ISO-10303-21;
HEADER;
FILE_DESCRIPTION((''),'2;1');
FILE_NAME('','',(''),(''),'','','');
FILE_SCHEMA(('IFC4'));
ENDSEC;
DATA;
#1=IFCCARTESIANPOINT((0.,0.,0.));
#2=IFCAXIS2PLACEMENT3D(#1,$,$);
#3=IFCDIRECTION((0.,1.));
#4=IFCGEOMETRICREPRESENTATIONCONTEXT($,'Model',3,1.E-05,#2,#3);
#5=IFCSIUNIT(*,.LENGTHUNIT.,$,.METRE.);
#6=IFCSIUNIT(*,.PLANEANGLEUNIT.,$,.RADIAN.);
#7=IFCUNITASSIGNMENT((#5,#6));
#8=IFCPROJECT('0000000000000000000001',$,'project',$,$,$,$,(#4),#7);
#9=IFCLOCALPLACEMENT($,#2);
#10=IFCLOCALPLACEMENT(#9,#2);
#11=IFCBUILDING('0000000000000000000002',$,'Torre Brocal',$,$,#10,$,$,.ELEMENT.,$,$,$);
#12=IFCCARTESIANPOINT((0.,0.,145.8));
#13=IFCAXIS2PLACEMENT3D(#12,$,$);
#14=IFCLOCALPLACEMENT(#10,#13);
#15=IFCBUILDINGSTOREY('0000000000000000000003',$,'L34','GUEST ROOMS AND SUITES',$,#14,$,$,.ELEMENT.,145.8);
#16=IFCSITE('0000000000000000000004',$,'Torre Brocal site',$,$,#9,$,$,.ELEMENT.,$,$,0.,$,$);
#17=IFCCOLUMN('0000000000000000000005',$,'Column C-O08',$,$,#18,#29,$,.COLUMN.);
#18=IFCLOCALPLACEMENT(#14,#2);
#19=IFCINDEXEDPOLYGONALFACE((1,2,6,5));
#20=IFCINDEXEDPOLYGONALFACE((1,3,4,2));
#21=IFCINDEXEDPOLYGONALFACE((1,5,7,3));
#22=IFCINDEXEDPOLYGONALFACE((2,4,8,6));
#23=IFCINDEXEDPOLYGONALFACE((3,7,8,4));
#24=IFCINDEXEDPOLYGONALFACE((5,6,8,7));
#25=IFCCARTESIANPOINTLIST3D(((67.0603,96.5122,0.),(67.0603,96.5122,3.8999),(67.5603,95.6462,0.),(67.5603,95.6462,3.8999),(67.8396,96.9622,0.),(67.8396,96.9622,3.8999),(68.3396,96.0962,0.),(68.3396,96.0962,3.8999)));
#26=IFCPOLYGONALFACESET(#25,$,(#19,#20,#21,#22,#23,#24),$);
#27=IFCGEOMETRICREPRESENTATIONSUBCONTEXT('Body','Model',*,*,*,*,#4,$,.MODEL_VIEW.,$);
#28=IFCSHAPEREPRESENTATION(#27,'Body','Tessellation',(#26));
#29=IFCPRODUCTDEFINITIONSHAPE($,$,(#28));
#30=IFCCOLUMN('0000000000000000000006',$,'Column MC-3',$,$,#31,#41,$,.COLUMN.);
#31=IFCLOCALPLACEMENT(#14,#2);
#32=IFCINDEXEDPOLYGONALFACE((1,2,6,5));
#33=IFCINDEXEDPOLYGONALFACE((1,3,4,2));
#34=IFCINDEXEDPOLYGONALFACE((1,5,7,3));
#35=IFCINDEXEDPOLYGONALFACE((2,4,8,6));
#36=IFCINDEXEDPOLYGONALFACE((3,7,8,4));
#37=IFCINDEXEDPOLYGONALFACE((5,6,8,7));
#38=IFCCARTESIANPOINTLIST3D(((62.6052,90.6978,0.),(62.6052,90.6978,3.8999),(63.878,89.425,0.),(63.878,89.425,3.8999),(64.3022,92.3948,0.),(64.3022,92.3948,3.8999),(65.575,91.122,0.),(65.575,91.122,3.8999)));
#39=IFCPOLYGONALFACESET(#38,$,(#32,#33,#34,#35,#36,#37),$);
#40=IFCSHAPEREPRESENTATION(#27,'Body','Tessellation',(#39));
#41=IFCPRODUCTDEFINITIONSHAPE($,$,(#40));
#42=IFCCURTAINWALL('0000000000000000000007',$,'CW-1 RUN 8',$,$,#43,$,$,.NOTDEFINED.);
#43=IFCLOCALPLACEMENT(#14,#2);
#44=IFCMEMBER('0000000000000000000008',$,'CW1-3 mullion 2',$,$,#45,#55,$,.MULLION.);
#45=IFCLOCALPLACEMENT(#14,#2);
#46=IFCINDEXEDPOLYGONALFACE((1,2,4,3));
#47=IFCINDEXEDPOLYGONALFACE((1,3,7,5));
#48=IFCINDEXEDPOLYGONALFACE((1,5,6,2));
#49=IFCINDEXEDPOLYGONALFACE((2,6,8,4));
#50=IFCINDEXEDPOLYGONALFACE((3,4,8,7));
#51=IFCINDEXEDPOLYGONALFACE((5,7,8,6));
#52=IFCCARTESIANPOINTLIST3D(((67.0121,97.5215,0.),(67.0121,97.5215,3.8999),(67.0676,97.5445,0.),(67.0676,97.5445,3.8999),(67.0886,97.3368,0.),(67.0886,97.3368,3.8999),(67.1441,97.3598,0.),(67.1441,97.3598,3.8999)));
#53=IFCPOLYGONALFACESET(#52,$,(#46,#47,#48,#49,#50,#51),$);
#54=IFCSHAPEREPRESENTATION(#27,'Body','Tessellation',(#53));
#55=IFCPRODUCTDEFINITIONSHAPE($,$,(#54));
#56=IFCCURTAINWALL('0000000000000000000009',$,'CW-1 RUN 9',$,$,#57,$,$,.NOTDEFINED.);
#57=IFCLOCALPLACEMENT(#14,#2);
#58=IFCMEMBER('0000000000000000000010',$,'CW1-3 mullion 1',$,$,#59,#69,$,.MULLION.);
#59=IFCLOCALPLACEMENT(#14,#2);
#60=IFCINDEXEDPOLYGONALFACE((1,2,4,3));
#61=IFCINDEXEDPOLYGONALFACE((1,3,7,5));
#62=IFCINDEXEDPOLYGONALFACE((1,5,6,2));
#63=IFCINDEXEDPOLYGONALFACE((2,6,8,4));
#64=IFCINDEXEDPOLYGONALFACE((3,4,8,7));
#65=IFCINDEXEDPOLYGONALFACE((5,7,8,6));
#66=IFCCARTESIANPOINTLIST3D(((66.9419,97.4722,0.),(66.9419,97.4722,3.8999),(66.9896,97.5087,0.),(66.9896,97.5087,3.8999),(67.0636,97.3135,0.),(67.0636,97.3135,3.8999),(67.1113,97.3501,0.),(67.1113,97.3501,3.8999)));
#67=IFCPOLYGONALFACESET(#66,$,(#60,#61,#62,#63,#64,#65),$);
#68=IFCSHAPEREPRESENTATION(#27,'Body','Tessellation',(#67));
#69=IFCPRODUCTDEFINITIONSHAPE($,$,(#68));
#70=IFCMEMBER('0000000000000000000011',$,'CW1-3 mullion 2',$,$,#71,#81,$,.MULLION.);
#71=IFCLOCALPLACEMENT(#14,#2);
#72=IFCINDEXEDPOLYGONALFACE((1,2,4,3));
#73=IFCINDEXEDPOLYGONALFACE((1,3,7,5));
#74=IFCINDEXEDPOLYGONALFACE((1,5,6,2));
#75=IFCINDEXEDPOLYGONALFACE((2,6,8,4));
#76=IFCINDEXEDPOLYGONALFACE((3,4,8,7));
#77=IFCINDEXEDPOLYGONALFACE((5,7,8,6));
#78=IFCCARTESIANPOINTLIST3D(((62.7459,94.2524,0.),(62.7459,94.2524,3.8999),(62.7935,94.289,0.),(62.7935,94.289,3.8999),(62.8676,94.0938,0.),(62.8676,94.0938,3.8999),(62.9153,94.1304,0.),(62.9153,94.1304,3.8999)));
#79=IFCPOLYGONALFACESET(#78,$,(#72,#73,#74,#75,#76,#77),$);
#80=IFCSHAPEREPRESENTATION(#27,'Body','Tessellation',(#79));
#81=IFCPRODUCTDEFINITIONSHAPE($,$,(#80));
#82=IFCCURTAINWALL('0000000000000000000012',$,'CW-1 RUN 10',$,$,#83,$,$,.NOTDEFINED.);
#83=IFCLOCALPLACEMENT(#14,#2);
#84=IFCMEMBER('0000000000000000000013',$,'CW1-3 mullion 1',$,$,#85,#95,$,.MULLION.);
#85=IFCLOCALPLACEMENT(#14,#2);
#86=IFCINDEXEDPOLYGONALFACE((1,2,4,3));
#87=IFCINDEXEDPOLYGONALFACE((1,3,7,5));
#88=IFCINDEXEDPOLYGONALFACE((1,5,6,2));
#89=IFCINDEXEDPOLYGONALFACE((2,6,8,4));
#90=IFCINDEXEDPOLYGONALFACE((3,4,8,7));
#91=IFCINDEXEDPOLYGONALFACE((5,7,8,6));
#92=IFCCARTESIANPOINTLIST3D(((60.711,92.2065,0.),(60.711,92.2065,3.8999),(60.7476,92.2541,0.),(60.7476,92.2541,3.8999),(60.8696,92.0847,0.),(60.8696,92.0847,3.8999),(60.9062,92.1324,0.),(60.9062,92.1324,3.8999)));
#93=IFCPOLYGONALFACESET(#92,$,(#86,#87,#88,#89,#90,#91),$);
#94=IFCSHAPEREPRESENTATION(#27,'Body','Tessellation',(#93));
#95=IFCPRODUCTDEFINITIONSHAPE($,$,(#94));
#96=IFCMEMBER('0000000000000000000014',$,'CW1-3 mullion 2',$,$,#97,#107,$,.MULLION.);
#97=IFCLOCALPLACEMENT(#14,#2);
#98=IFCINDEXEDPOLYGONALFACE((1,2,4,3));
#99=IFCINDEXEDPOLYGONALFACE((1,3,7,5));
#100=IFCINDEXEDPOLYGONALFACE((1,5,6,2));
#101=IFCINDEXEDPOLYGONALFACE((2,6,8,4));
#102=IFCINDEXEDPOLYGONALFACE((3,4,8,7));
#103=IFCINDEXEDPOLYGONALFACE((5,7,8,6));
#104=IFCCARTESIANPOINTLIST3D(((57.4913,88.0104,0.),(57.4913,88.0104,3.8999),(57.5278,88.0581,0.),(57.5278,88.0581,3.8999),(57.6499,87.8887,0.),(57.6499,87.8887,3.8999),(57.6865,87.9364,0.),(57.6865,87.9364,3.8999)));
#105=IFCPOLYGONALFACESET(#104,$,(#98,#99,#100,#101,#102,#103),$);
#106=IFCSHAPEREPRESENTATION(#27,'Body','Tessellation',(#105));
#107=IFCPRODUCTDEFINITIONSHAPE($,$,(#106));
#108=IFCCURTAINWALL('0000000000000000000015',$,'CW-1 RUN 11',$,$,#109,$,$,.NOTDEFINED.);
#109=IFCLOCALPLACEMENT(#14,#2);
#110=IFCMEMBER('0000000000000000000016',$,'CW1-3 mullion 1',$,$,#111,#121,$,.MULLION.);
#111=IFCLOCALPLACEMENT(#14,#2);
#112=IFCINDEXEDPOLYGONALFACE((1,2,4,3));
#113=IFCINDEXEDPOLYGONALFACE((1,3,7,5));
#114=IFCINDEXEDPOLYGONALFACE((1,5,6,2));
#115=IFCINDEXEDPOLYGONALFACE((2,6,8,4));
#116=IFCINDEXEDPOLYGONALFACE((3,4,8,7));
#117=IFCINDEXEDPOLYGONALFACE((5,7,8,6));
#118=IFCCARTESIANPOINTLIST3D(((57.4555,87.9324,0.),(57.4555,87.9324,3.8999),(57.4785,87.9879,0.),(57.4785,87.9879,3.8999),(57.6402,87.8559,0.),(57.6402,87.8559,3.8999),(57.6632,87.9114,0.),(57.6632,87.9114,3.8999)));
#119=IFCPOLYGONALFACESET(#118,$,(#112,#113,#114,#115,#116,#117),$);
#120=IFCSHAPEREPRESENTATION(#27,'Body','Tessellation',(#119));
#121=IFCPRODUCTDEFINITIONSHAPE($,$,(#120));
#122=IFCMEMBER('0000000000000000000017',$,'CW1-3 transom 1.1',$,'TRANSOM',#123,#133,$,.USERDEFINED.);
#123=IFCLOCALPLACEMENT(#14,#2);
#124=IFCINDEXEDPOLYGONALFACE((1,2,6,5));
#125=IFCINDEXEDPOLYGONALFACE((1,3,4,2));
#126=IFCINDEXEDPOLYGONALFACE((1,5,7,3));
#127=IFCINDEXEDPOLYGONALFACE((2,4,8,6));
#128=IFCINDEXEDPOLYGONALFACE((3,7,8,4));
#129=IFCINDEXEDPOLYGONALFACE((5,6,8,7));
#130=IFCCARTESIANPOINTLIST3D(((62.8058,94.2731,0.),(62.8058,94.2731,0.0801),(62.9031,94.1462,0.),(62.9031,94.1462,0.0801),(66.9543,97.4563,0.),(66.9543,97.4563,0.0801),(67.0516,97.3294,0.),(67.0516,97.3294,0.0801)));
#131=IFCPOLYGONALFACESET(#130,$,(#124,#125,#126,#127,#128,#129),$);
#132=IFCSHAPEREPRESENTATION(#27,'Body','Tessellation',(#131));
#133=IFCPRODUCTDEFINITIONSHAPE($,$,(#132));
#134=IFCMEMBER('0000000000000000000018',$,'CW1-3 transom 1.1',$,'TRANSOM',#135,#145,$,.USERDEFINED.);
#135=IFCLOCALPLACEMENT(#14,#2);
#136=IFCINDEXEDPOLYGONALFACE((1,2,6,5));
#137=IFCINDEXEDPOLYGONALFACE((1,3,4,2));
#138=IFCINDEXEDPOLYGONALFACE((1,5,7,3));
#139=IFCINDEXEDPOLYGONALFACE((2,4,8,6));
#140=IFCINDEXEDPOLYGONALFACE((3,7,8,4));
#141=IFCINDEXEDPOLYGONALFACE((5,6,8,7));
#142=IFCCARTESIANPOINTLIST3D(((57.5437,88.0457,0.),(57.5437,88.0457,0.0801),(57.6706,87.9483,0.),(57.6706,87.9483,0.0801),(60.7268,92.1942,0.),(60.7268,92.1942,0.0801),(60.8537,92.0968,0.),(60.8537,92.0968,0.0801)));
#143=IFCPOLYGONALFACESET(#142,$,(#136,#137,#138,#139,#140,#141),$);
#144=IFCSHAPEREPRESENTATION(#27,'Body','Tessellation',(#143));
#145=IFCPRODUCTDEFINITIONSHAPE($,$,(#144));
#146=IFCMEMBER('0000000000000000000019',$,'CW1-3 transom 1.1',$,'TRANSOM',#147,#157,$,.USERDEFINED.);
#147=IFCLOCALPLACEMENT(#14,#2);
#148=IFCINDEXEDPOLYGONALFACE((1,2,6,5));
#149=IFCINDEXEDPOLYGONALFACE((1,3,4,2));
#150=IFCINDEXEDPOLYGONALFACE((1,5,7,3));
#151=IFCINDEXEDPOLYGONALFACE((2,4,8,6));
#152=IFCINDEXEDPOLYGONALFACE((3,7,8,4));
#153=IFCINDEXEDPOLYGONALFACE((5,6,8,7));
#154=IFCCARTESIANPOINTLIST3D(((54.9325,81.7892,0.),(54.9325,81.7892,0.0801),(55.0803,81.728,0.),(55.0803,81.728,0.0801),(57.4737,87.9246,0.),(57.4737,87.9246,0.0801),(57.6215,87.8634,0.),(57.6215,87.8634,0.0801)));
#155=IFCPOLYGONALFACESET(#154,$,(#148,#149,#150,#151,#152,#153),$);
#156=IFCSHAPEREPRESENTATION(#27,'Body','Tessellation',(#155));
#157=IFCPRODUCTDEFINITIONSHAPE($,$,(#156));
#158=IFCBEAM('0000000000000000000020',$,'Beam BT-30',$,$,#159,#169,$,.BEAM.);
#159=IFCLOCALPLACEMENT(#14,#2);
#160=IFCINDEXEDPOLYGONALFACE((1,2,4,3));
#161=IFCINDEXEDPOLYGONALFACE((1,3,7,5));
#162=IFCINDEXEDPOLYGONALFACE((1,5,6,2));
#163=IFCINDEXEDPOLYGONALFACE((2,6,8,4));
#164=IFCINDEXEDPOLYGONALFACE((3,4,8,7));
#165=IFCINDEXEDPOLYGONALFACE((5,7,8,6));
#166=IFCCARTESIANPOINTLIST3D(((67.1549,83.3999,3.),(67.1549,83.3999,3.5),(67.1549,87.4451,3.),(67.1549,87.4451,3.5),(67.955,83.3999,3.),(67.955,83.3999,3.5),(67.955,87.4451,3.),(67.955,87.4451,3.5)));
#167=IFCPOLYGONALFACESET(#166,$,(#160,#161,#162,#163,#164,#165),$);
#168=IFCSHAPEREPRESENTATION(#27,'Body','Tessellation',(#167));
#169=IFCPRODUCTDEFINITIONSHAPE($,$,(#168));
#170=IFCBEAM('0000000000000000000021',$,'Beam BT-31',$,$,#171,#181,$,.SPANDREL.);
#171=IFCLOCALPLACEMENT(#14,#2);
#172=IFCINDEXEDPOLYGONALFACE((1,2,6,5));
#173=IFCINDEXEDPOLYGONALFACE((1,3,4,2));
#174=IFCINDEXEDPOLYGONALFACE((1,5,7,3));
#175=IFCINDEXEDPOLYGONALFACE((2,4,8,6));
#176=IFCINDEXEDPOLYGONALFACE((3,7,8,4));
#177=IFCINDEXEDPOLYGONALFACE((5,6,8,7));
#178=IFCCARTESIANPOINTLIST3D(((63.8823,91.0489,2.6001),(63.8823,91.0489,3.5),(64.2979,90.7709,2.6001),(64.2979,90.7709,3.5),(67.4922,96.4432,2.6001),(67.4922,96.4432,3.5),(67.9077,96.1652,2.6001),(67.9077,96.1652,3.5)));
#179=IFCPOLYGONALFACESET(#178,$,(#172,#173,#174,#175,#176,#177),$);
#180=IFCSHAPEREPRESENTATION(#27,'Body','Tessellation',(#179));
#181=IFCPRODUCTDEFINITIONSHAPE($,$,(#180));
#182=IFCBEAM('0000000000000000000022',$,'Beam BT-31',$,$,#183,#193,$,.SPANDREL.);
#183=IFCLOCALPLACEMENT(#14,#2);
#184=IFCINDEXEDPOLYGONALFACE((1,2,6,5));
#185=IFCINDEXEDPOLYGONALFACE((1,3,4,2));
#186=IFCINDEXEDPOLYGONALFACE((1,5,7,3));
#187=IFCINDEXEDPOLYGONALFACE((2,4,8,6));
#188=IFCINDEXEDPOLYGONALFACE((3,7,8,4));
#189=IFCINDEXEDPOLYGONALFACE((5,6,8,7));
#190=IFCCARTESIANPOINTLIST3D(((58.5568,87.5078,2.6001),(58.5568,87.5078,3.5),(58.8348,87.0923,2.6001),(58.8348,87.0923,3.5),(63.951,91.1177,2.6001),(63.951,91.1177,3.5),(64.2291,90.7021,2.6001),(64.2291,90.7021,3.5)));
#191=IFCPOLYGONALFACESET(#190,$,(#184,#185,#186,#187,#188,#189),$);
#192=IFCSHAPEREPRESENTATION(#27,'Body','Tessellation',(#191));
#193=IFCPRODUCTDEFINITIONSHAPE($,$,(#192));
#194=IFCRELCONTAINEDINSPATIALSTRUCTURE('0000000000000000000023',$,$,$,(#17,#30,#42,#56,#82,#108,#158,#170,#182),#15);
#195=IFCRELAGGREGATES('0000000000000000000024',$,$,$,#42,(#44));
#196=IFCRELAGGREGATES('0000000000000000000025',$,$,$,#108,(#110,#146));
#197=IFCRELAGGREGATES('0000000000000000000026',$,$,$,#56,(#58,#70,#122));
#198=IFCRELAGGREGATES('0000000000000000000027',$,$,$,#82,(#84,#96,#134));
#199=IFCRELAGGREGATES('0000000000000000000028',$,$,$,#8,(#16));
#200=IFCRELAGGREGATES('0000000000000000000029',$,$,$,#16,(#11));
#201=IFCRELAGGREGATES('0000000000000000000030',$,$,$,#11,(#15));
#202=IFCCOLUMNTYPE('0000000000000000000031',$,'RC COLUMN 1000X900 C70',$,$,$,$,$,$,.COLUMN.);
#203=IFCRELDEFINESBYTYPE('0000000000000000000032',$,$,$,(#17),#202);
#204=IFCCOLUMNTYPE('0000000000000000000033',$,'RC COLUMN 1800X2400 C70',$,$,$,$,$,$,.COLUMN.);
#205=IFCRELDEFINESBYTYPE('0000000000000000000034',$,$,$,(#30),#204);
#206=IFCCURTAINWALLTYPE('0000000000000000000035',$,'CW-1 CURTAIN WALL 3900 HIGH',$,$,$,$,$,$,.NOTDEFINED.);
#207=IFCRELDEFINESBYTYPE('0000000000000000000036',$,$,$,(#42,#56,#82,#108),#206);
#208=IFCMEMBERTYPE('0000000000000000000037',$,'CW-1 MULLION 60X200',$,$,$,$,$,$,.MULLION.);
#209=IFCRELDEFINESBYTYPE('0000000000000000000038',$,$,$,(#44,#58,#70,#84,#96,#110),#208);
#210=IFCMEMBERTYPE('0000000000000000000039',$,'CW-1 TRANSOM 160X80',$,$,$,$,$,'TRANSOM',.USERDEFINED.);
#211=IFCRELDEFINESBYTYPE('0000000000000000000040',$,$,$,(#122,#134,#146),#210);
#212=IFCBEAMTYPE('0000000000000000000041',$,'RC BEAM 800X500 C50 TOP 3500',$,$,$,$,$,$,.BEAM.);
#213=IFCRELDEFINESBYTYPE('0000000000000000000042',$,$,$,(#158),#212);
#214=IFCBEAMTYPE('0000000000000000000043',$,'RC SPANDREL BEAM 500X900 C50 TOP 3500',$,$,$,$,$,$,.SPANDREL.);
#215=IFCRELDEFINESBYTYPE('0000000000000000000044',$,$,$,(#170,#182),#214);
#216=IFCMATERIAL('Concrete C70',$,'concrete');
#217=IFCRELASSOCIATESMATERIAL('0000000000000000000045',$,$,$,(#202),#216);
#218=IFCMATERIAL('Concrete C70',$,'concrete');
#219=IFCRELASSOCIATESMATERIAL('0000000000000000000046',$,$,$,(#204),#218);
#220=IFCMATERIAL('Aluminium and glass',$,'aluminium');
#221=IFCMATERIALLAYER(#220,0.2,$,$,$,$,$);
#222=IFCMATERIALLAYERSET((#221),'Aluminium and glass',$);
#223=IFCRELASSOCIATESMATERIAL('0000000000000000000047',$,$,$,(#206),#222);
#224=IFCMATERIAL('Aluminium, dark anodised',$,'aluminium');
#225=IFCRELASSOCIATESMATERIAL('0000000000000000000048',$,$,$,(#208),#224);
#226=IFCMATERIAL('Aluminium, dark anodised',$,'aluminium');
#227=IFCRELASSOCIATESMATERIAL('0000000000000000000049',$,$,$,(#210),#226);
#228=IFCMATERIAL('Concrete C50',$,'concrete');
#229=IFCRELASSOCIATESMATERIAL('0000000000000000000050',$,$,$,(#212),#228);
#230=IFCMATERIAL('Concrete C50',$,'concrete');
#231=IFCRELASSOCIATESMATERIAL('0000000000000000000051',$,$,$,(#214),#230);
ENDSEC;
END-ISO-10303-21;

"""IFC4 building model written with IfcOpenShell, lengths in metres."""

from ifc_helpers import new_model, si_unit, direction, frame, origin, origin_2d, place, context, subcontext, project, spatial, rectangle, extrude, material, layer, layer_set, material_profile, profile_set, type_object, element, aggregate, save


model = new_model("IFC4")

# Units and contexts
model_context = context("Model", 3, precision=1e-05, world=origin(), true_north=direction((0.0, 1.0)))
body_context = subcontext(model_context, "Body", "Model", "MODEL_VIEW")
ifc_project = project(units=[si_unit("LENGTHUNIT", "METRE"), si_unit("PLANEANGLEUNIT", "RADIAN")], contexts=[model_context])

# Site, building, storey
site_placement = place(None, origin())
site = spatial("IfcSite", under=ifc_project, at=site_placement, Name="Torre Brocal site", CompositionType="ELEMENT", RefElevation=0.0)
building_placement = place(site_placement, origin())
building = spatial("IfcBuilding", under=site, at=building_placement, Name="Torre Brocal", CompositionType="ELEMENT")
storey_placement = place(building_placement, frame((0.0, 0.0, 145.8)))
storey = spatial("IfcBuildingStorey", under=building, at=storey_placement, Name="L34", Description="GUEST ROOMS AND SUITES", CompositionType="ELEMENT", Elevation=145.8)

# Columns
ifc_material_1 = material(Name="Concrete C70", Category="concrete")
ifc_material_profile_1 = material_profile(ifc_material_1, rectangle(XDim=1.0, YDim=0.8999, at=origin_2d()), Name="RC 1000X900")
ifc_profile_set_1 = profile_set([ifc_material_profile_1], Name="Concrete C70")
column_type_1 = type_object("IfcColumnType", Name="RC COLUMN 1000X900 C70", PredefinedType="COLUMN", material=ifc_profile_set_1)
column_1_placement = place(storey_placement, frame((67.7, 96.3042, 0.0), z_axis=(0.0, 0.0, 1.0), x_axis=(-0.5, 0.866025, 0.0)))
element("IfcColumn", 1, at=column_1_placement, inside=storey, type_object=column_type_1, Name="Column C-O08", PredefinedType="COLUMN", context=body_context, shape_type="SweptSolid", body=[
    extrude(rectangle(XDim=1.0, YDim=0.8999, at=origin_2d()), origin(), (0.0, 0.0, 1.0), 3.8999),
])
ifc_material_2 = material(Name="Concrete C70", Category="concrete")
ifc_material_profile_2 = material_profile(ifc_material_2, rectangle(XDim=1.8, YDim=2.3999, at=origin_2d()), Name="RC 1800X2400")
ifc_profile_set_2 = profile_set([ifc_material_profile_2], Name="Concrete C70")
column_type_2 = type_object("IfcColumnType", Name="RC COLUMN 1800X2400 C70", PredefinedType="COLUMN", material=ifc_profile_set_2)
column_2_placement = place(storey_placement, frame((64.0901, 90.9099, 0.0), z_axis=(0.0, 0.0, 1.0), x_axis=(-0.707107, 0.707107, 0.0)))
element("IfcColumn", 2, at=column_2_placement, inside=storey, type_object=column_type_2, Name="Column MC-3", PredefinedType="COLUMN", context=body_context, shape_type="SweptSolid", body=[
    extrude(rectangle(XDim=1.8, YDim=2.3999, at=origin_2d()), origin(), (0.0, 0.0, 1.0), 3.8999),
])

# Curtain wall, member
ifc_material_3 = material(Name="Aluminium and glass", Category="aluminium")
ifc_layer_1 = layer(ifc_material_3, 0.2)
ifc_layer_set_1 = layer_set([ifc_layer_1], Name="Aluminium and glass")
curtain_wall_type = type_object("IfcCurtainWallType", Name="CW-1 CURTAIN WALL 3900 HIGH", PredefinedType="NOTDEFINED", material=ifc_layer_set_1)
curtain_wall_1_placement = place(storey_placement, origin())
curtain_wall_1 = element("IfcCurtainWall", 3, at=curtain_wall_1_placement, inside=storey, type_object=curtain_wall_type, Name="CW-1 RUN 8", PredefinedType="NOTDEFINED")
ifc_material_4 = material(Name="Aluminium, dark anodised", Category="aluminium")
ifc_material_profile_3 = material_profile(ifc_material_4, rectangle(XDim=0.2, YDim=0.0601, at=origin_2d()), Name="CW-1 MULLION 60X200")
ifc_profile_set_3 = profile_set([ifc_material_profile_3], Name="Aluminium, dark anodised")
member_type_1 = type_object("IfcMemberType", Name="CW-1 MULLION 60X200", PredefinedType="MULLION", material=ifc_profile_set_3)
member_1_placement = place(storey_placement, frame((67.0781, 97.4407, 0.0), z_axis=(0.0, 0.0, 1.0), x_axis=(0.382683, -0.92388, 0.0)))
member_1 = element("IfcMember", 4, at=member_1_placement, type_object=member_type_1, Name="CW1-3 mullion 2", PredefinedType="MULLION", context=body_context, shape_type="SweptSolid", body=[
    extrude(rectangle(XDim=0.2, YDim=0.0601, at=origin_2d()), origin(), (0.0, 0.0, 1.0), 3.8999),
])
aggregate(curtain_wall_1, [member_1])

# Curtain walls, members
curtain_wall_2_placement = place(storey_placement, origin())
curtain_wall_2 = element("IfcCurtainWall", 5, at=curtain_wall_2_placement, inside=storey, type_object=curtain_wall_type, Name="CW-1 RUN 9", PredefinedType="NOTDEFINED")
member_2_placement = place(storey_placement, frame((67.0266, 97.4111, 0.0), z_axis=(0.0, 0.0, 1.0), x_axis=(0.608761, -0.793353, 0.0)))
member_2 = element("IfcMember", 6, at=member_2_placement, type_object=member_type_1, Name="CW1-3 mullion 1", PredefinedType="MULLION", context=body_context, shape_type="SweptSolid", body=[
    extrude(rectangle(XDim=0.2, YDim=0.0601, at=origin_2d()), origin(), (0.0, 0.0, 1.0), 3.8999),
])
member_3_placement = place(storey_placement, frame((62.8306, 94.1914, 0.0), z_axis=(0.0, 0.0, 1.0), x_axis=(0.608761, -0.793353, 0.0)))
member_3 = element("IfcMember", 7, at=member_3_placement, type_object=member_type_1, Name="CW1-3 mullion 2", PredefinedType="MULLION", context=body_context, shape_type="SweptSolid", body=[
    extrude(rectangle(XDim=0.2, YDim=0.0601, at=origin_2d()), origin(), (0.0, 0.0, 1.0), 3.8999),
])
curtain_wall_3_placement = place(storey_placement, origin())
curtain_wall_3 = element("IfcCurtainWall", 8, at=curtain_wall_3_placement, inside=storey, type_object=curtain_wall_type, Name="CW-1 RUN 10", PredefinedType="NOTDEFINED")
member_4_placement = place(storey_placement, frame((60.8086, 92.1694, 0.0), z_axis=(0.0, 0.0, 1.0), x_axis=(0.793353, -0.608761, 0.0)))
member_4 = element("IfcMember", 9, at=member_4_placement, type_object=member_type_1, Name="CW1-3 mullion 1", PredefinedType="MULLION", context=body_context, shape_type="SweptSolid", body=[
    extrude(rectangle(XDim=0.2, YDim=0.0601, at=origin_2d()), origin(), (0.0, 0.0, 1.0), 3.8999),
])
member_5_placement = place(storey_placement, frame((57.5889, 87.9734, 0.0), z_axis=(0.0, 0.0, 1.0), x_axis=(0.793353, -0.608761, 0.0)))
member_5 = element("IfcMember", 10, at=member_5_placement, type_object=member_type_1, Name="CW1-3 mullion 2", PredefinedType="MULLION", context=body_context, shape_type="SweptSolid", body=[
    extrude(rectangle(XDim=0.2, YDim=0.0601, at=origin_2d()), origin(), (0.0, 0.0, 1.0), 3.8999),
])

# Curtain wall, member
curtain_wall_4_placement = place(storey_placement, origin())
curtain_wall_4 = element("IfcCurtainWall", 11, at=curtain_wall_4_placement, inside=storey, type_object=curtain_wall_type, Name="CW-1 RUN 11", PredefinedType="NOTDEFINED")
member_6_placement = place(storey_placement, frame((57.5593, 87.9219, 0.0), z_axis=(0.0, 0.0, 1.0), x_axis=(0.92388, -0.382683, 0.0)))
member_6 = element("IfcMember", 12, at=member_6_placement, type_object=member_type_1, Name="CW1-3 mullion 1", PredefinedType="MULLION", context=body_context, shape_type="SweptSolid", body=[
    extrude(rectangle(XDim=0.2, YDim=0.0601, at=origin_2d()), origin(), (0.0, 0.0, 1.0), 3.8999),
])

# Members
ifc_material_5 = material(Name="Aluminium, dark anodised", Category="aluminium")
ifc_material_profile_4 = material_profile(ifc_material_5, rectangle(XDim=0.1599, YDim=0.0801, at=origin_2d()), Name="CW-1 TRANSOM 160X80")
ifc_profile_set_4 = profile_set([ifc_material_profile_4], Name="Aluminium, dark anodised")
member_type_2 = type_object("IfcMemberType", Name="CW-1 TRANSOM 160X80", ElementType="TRANSOM", PredefinedType="USERDEFINED", material=ifc_profile_set_4)
member_7_placement = place(storey_placement, frame((67.0029, 97.3928, 0.04), z_axis=(-0.793363, -0.608749, 0.0), x_axis=(0.608749, -0.793363, 0.0)))
member_7 = element("IfcMember", 13, at=member_7_placement, type_object=member_type_2, Name="CW1-3 transom 1.1", ObjectType="TRANSOM", PredefinedType="USERDEFINED", context=body_context, shape_type="SweptSolid", body=[
    extrude(rectangle(XDim=0.1599, YDim=0.0801, at=origin_2d()), origin(), (0.0, 0.0, 1.0), 5.229),
])
member_8_placement = place(storey_placement, frame((60.7903, 92.1455, 0.04), z_axis=(-0.608749, -0.793363, 0.0), x_axis=(0.793363, -0.608749, 0.0)))
member_8 = element("IfcMember", 14, at=member_8_placement, type_object=member_type_2, Name="CW1-3 transom 1.1", ObjectType="TRANSOM", PredefinedType="USERDEFINED", context=body_context, shape_type="SweptSolid", body=[
    extrude(rectangle(XDim=0.1599, YDim=0.0801, at=origin_2d()), origin(), (0.0, 0.0, 1.0), 5.229),
])
member_9_placement = place(storey_placement, frame((57.5476, 87.894, 0.04), z_axis=(-0.382665, -0.923887, 0.0), x_axis=(0.923887, -0.382665, 0.0)))
member_9 = element("IfcMember", 15, at=member_9_placement, type_object=member_type_2, Name="CW1-3 transom 1.1", ObjectType="TRANSOM", PredefinedType="USERDEFINED", context=body_context, shape_type="SweptSolid", body=[
    extrude(rectangle(XDim=0.1599, YDim=0.0801, at=origin_2d()), origin(), (0.0, 0.0, 1.0), 6.6409),
])
aggregate(curtain_wall_4, [member_6, member_9])

# Beams
ifc_material_6 = material(Name="Concrete C50", Category="concrete")
ifc_material_profile_5 = material_profile(ifc_material_6, rectangle(XDim=0.8, YDim=0.5, at=origin_2d()), Name="RC 800X500")
ifc_profile_set_5 = profile_set([ifc_material_profile_5], Name="Concrete C50")
beam_type_1 = type_object("IfcBeamType", Name="RC BEAM 800X500 C50 TOP 3500", PredefinedType="BEAM", material=ifc_profile_set_5)
beam_placement = place(storey_placement, frame((67.5549, 87.4451, 3.25), z_axis=(0.0, -1.0, 0.0), x_axis=(1.0, 0.0, 0.0)))
element("IfcBeam", 16, at=beam_placement, inside=storey, type_object=beam_type_1, Name="Beam BT-30", PredefinedType="BEAM", context=body_context, shape_type="SweptSolid", body=[
    extrude(rectangle(XDim=0.8, YDim=0.5, at=origin_2d()), origin(), (0.0, 0.0, 1.0), 4.0452),
])
ifc_material_7 = material(Name="Concrete C50", Category="concrete")
ifc_material_profile_6 = material_profile(ifc_material_7, rectangle(XDim=0.5, YDim=0.8999, at=origin_2d()), Name="RC 500X900")
ifc_profile_set_6 = profile_set([ifc_material_profile_6], Name="Concrete C50")
beam_type_2 = type_object("IfcBeamType", Name="RC SPANDREL BEAM 500X900 C50 TOP 3500", PredefinedType="SPANDREL", material=ifc_profile_set_6)
for number, where, z_axis, x_axis, name in (
    (17, (67.7, 96.3042, 3.05), (-0.556158, -0.831077, 0.0), (0.831077, -0.556158, 0.0), "Beam BT-31"),
    (18, (64.0901, 90.9099, 3.05), (-0.831077, -0.556158, 0.0), (0.556158, -0.831077, 0.0), "Beam BT-31"),
):
    element("IfcBeam", number, at=place(storey_placement, frame(where, z_axis=z_axis, x_axis=x_axis)), inside=storey, type_object=beam_type_2, Name=name, PredefinedType="SPANDREL", context=body_context, shape_type="SweptSolid", body=[
        extrude(rectangle(XDim=0.5, YDim=0.8999, at=origin_2d()), origin(), (0.0, 0.0, 1.0), 6.4907),
    ])

aggregate(curtain_wall_2, [member_2, member_3, member_7])
aggregate(curtain_wall_3, [member_4, member_5, member_8])

save(model, "model.ifc")
